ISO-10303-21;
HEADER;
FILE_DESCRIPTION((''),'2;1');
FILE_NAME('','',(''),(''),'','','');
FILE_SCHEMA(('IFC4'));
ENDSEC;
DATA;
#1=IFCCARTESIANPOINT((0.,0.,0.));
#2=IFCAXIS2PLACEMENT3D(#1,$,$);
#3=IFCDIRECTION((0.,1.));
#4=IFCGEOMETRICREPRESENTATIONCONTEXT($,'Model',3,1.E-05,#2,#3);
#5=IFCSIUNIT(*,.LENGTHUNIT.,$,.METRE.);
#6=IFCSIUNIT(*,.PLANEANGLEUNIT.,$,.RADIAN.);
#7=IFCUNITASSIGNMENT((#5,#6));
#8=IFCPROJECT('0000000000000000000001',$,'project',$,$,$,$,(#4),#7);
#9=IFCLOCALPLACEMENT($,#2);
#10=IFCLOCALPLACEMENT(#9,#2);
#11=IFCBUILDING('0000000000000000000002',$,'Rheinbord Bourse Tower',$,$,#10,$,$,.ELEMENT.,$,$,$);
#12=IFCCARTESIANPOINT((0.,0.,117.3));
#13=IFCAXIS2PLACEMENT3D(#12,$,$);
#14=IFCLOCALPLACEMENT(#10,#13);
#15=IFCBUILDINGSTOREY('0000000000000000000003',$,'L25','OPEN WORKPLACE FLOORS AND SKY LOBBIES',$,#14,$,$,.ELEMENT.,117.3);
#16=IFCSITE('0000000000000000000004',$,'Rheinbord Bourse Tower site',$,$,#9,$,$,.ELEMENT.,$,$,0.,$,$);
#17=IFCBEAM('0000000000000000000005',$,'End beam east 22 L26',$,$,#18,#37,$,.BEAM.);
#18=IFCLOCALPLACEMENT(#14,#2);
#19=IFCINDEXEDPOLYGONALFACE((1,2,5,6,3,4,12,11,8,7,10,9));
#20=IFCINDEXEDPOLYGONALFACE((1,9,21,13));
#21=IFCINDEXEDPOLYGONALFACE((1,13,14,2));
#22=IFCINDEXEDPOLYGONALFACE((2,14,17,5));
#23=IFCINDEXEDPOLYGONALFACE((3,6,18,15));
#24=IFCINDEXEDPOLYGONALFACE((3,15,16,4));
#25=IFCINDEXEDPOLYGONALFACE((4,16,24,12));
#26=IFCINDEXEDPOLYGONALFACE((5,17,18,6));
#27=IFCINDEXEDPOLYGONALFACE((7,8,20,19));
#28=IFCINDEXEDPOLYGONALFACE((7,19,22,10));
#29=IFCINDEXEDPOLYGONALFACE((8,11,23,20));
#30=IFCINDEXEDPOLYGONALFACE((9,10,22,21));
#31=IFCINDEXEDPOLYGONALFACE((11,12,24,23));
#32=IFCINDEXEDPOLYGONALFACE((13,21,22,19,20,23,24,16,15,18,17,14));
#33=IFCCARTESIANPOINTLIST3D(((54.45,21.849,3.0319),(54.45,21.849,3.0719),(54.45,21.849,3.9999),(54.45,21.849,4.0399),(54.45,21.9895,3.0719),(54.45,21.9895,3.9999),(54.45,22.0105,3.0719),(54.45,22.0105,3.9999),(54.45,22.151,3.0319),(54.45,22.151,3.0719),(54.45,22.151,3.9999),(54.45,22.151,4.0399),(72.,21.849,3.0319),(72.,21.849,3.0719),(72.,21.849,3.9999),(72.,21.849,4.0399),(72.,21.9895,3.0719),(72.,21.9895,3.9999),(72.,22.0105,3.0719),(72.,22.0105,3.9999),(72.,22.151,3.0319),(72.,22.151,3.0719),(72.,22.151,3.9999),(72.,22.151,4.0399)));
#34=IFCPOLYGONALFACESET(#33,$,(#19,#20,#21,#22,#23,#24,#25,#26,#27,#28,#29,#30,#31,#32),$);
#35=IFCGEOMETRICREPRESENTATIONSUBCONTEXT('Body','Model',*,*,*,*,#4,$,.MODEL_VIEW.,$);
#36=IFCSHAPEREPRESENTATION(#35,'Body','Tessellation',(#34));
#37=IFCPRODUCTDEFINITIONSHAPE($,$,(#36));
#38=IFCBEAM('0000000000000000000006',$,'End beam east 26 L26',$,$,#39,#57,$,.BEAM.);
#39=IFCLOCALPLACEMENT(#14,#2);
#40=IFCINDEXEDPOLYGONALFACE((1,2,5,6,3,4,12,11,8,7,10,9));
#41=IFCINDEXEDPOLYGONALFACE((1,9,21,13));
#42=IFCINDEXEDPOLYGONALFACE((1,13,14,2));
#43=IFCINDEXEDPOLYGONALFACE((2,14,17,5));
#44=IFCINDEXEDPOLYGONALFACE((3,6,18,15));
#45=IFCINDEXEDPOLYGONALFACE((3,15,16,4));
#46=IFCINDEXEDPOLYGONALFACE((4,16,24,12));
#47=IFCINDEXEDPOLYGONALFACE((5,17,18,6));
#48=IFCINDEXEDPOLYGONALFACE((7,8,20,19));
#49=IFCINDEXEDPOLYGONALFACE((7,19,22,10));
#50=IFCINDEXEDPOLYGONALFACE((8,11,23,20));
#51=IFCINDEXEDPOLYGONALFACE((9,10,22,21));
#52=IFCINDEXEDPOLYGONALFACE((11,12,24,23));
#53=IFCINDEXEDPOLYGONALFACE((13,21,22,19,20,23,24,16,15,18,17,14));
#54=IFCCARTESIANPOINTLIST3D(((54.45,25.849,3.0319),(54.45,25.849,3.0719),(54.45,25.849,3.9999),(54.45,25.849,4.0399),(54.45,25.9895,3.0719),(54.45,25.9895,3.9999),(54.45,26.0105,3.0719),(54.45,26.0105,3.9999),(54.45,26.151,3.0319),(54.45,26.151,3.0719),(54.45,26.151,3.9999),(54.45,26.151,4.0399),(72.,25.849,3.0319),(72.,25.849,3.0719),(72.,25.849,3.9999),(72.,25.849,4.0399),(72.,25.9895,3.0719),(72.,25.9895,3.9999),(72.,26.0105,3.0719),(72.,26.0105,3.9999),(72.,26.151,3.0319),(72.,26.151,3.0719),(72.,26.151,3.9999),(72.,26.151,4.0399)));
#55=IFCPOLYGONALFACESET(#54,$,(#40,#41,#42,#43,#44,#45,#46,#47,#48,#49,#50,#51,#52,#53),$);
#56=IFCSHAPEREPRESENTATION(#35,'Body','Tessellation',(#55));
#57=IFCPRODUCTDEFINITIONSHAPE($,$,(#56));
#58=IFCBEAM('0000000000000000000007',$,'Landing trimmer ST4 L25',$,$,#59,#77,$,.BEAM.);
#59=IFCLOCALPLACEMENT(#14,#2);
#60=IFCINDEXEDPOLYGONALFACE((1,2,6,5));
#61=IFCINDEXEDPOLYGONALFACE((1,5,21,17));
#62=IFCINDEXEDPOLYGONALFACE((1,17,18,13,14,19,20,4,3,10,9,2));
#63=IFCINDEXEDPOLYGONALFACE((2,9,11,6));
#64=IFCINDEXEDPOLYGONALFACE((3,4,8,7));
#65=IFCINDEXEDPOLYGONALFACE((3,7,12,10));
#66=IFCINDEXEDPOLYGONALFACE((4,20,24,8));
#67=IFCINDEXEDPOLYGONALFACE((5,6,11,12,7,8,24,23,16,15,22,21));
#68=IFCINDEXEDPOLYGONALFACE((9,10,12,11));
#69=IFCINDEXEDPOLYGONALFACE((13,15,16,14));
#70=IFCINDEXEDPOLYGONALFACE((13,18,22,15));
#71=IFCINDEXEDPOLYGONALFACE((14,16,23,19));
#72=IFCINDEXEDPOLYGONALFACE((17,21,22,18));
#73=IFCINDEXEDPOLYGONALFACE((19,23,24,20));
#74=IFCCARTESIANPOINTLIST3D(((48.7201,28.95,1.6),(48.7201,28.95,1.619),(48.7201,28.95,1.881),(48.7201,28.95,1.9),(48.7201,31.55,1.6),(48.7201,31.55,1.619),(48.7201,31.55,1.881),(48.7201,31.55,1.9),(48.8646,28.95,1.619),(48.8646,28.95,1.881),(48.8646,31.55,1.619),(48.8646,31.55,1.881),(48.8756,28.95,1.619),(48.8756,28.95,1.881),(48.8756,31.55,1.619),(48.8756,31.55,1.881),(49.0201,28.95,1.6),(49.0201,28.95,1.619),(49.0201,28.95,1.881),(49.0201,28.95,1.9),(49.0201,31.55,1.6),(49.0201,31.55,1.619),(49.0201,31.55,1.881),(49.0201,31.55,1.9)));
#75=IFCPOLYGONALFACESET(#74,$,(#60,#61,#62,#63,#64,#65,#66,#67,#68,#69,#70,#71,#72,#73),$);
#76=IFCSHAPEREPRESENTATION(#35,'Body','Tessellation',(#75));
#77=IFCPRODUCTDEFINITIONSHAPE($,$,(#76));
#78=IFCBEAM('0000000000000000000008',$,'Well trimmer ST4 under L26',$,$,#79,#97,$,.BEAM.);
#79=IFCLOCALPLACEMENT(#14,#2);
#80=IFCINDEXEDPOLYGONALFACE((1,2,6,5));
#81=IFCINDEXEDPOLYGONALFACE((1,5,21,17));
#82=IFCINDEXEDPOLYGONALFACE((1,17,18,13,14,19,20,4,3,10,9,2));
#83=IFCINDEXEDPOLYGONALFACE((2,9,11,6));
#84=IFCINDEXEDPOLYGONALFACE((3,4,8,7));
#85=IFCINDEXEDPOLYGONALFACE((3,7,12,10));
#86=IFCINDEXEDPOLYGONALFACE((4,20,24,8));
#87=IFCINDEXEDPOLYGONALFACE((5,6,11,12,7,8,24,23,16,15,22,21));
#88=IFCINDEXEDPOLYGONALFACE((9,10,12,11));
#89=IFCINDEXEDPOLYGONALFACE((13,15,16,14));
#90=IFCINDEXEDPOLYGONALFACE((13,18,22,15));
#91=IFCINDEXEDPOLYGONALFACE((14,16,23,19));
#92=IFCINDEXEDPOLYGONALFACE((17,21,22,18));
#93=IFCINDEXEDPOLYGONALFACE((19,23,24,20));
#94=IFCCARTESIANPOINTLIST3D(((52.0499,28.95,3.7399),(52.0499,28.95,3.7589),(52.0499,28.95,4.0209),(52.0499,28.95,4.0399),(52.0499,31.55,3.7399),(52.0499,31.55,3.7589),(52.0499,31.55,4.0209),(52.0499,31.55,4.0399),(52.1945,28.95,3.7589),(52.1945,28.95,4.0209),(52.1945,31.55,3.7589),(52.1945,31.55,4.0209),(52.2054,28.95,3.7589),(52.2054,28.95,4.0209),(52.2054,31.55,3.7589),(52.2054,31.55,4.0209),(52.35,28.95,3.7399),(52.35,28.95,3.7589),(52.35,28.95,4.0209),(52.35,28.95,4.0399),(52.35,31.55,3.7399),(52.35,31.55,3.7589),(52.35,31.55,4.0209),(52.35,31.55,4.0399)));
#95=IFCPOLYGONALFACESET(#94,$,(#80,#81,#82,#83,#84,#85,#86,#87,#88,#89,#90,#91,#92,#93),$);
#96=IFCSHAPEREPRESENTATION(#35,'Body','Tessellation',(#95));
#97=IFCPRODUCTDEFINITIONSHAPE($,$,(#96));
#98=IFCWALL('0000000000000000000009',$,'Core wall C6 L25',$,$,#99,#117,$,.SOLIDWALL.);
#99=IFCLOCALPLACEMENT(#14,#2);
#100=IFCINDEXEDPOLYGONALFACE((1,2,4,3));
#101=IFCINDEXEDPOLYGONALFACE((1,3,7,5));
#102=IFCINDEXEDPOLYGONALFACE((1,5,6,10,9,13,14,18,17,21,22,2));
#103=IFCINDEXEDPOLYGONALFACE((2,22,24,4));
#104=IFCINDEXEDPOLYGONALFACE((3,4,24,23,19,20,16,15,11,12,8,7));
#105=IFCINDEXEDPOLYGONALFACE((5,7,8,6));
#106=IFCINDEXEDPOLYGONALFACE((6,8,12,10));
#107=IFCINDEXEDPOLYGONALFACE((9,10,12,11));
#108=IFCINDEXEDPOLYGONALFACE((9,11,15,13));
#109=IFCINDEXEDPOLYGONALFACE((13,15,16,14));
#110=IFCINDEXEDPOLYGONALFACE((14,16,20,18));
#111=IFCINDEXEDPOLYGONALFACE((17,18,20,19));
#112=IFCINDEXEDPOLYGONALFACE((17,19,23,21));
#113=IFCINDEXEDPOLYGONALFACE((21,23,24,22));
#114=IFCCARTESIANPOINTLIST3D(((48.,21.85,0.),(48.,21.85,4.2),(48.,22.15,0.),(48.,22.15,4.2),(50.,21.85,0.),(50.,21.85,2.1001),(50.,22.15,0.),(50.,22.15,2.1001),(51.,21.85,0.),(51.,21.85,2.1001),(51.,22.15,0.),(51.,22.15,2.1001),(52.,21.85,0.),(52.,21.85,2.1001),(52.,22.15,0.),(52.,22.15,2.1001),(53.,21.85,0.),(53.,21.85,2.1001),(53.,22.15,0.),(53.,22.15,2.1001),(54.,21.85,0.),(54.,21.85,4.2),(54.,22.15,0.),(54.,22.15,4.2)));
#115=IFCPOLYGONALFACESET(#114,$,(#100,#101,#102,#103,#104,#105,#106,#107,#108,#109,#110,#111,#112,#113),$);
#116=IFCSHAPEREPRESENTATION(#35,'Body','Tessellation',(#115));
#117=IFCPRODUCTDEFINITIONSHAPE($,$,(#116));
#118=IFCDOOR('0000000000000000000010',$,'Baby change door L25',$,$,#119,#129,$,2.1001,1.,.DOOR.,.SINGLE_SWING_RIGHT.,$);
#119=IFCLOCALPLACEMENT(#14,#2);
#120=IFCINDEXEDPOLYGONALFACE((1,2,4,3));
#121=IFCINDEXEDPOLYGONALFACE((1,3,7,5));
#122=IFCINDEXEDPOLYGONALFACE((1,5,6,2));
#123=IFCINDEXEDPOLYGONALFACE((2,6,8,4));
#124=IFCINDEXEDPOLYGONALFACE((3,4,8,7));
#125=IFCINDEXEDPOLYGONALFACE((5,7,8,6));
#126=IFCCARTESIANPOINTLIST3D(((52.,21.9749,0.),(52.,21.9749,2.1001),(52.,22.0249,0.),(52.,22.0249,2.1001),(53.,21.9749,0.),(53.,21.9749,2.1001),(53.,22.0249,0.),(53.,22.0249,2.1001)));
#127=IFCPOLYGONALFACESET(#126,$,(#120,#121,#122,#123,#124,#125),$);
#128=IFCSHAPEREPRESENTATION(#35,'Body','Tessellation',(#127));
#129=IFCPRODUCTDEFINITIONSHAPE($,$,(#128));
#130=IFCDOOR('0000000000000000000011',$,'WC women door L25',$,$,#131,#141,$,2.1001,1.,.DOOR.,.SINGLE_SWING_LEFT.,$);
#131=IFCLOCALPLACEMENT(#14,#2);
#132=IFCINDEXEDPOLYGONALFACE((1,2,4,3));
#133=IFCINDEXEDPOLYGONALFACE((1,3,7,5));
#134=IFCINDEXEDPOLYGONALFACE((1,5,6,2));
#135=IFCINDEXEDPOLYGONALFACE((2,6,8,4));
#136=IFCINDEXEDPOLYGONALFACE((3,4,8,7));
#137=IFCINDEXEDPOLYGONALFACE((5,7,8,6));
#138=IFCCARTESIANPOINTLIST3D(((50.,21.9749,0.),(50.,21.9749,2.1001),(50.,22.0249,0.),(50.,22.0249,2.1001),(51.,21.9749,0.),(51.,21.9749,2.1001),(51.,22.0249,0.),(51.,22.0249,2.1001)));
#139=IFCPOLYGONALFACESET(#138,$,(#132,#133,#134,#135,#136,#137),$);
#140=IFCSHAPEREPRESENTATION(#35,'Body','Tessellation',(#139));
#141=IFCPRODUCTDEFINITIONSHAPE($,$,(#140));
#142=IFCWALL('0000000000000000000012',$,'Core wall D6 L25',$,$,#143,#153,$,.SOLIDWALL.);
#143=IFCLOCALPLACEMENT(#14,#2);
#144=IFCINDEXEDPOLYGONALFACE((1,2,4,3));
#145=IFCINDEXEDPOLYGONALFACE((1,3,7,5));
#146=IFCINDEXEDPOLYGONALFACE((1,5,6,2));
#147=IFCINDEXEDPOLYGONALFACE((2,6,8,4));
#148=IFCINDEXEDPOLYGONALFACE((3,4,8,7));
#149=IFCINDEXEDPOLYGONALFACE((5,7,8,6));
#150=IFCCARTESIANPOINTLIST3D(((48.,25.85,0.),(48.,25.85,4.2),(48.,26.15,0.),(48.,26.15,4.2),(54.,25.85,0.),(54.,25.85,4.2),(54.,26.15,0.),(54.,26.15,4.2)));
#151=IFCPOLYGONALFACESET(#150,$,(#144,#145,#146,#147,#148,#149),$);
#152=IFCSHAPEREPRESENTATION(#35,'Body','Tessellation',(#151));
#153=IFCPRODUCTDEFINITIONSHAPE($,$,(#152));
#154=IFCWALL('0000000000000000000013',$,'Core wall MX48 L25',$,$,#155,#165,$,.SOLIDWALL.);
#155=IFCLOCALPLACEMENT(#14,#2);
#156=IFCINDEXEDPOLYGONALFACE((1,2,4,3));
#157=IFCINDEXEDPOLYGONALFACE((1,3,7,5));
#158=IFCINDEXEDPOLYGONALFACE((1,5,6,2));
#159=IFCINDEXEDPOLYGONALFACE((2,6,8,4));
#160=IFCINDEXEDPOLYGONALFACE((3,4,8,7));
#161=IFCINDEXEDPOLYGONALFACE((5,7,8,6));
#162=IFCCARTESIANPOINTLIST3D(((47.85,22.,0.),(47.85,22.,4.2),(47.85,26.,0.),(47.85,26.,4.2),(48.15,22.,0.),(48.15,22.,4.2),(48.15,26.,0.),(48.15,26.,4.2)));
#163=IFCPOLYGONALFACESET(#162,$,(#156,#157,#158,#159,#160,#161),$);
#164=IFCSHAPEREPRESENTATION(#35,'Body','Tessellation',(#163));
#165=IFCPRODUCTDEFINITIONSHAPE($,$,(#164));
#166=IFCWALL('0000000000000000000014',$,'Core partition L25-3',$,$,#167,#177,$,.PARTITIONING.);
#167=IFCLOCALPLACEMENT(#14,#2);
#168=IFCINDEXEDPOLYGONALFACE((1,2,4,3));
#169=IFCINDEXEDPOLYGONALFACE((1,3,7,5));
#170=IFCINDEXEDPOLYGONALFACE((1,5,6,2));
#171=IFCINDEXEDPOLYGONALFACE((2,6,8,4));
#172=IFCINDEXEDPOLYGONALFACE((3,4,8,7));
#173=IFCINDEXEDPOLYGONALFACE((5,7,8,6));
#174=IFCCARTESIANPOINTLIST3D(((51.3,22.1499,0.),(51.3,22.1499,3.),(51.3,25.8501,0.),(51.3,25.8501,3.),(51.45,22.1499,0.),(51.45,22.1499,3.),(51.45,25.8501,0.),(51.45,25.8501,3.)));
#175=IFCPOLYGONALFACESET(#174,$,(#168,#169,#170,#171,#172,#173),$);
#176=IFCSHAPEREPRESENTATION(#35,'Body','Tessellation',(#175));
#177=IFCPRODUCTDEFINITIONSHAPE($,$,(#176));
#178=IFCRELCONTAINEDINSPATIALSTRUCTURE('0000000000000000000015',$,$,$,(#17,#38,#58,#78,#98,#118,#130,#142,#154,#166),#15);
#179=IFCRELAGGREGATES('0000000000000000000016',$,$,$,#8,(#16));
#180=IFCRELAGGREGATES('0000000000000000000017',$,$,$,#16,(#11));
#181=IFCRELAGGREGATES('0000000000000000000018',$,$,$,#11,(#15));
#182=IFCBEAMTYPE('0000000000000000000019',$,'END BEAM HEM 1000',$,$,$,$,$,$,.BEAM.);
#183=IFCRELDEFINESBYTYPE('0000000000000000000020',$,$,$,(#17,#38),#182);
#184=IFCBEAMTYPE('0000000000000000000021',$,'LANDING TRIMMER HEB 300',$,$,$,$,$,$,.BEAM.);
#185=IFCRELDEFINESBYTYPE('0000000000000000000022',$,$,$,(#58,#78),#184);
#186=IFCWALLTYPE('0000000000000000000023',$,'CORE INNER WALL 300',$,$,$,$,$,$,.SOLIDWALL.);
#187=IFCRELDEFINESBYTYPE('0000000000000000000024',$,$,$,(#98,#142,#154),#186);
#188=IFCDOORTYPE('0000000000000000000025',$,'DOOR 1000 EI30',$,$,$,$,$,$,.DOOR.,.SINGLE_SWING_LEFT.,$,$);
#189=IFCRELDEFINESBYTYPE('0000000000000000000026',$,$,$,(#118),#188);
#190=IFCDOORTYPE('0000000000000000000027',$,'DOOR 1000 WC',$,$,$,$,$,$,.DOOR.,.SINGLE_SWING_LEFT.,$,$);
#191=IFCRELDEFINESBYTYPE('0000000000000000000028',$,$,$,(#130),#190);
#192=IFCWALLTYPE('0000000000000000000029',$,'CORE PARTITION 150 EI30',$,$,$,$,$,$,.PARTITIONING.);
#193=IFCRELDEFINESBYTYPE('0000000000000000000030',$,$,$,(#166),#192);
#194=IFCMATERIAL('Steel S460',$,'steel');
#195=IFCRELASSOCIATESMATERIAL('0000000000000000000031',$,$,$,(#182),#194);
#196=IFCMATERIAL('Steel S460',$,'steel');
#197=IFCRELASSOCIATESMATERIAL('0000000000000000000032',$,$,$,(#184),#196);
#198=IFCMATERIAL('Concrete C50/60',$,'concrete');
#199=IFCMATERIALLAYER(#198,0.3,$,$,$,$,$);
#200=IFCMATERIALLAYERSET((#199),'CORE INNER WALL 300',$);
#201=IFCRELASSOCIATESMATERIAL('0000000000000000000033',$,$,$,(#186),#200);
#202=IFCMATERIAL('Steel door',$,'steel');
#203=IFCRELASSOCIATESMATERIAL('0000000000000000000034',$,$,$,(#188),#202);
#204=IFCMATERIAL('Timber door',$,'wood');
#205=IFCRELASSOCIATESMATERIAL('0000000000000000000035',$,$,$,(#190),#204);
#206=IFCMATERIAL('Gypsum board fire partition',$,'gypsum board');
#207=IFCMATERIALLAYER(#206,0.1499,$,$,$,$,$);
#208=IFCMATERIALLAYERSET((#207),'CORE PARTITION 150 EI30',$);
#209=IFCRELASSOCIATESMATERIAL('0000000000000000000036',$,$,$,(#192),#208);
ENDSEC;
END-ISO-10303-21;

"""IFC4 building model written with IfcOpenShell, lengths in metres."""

from ifc_helpers import new_model, si_unit, direction, frame, frame_2d, origin, origin_2d, place, context, subcontext, project, spatial, rectangle, i_section, extrude, material, layer, layer_set, material_profile, profile_set, type_object, element, fill, save


model = new_model("IFC4")

# Units and contexts
model_context = context("Model", 3, precision=1e-05, world=origin(), true_north=direction((0.0, 1.0)))
body_context = subcontext(model_context, "Body", "Model", "MODEL_VIEW")
ifc_project = project(units=[si_unit("LENGTHUNIT", "METRE"), si_unit("PLANEANGLEUNIT", "RADIAN")], contexts=[model_context])

# Site, building, storey
site_placement = place(None, origin())
site = spatial("IfcSite", under=ifc_project, at=site_placement, Name="Rheinbord Bourse Tower site", CompositionType="ELEMENT", RefElevation=0.0)
building_placement = place(site_placement, origin())
building = spatial("IfcBuilding", under=site, at=building_placement, Name="Rheinbord Bourse Tower", CompositionType="ELEMENT")
storey_placement = place(building_placement, frame((0.0, 0.0, 117.3)))
storey = spatial("IfcBuildingStorey", under=building, at=storey_placement, Name="L25", Description="OPEN WORKPLACE FLOORS AND SKY LOBBIES", CompositionType="ELEMENT", Elevation=117.3)

# Beams
ifc_material_1 = material(Name="Steel S460", Category="steel")
ifc_material_profile_1 = material_profile(ifc_material_1, i_section(OverallWidth=0.302, OverallDepth=1.0081, WebThickness=0.021, FlangeThickness=0.04, at=origin_2d()), Name="HEM 1000")
ifc_profile_set_1 = profile_set([ifc_material_profile_1], Name="Steel S460")
beam_type_1 = type_object("IfcBeamType", Name="END BEAM HEM 1000", PredefinedType="BEAM", material=ifc_profile_set_1)
for number, where, z_axis, x_axis, name in (
    (1, (54.45, 22.0, 3.5359), (1.0, 0.0, 0.0), (0.0, 1.0, 0.0), "End beam east 22 L26"),
    (2, (54.45, 26.0, 3.5359), (1.0, 0.0, 0.0), (0.0, 1.0, 0.0), "End beam east 26 L26"),
):
    element("IfcBeam", number, at=place(storey_placement, frame(where, z_axis=z_axis, x_axis=x_axis)), inside=storey, type_object=beam_type_1, Name=name, PredefinedType="BEAM", context=body_context, shape_type="SweptSolid", body=[
        extrude(i_section(OverallWidth=0.302, OverallDepth=1.0081, WebThickness=0.021, FlangeThickness=0.04, at=origin_2d()), origin(), (0.0, 0.0, 1.0), 17.55),
    ])
ifc_material_2 = material(Name="Steel S460", Category="steel")
ifc_material_profile_2 = material_profile(ifc_material_2, i_section(OverallWidth=0.3, OverallDepth=0.3, WebThickness=0.011, FlangeThickness=0.019, at=origin_2d()), Name="HEB 300")
ifc_profile_set_2 = profile_set([ifc_material_profile_2], Name="Steel S460")
beam_type_2 = type_object("IfcBeamType", Name="LANDING TRIMMER HEB 300", PredefinedType="BEAM", material=ifc_profile_set_2)
for number, where, z_axis, x_axis, name in (
    (3, (48.8701, 28.95, 1.75), (0.0, 1.0, 0.0), (-1.0, 0.0, 0.0), "Landing trimmer ST4 L25"),
    (4, (52.2, 28.95, 3.8899), (0.0, 1.0, 0.0), (-1.0, 0.0, 0.0), "Well trimmer ST4 under L26"),
):
    element("IfcBeam", number, at=place(storey_placement, frame(where, z_axis=z_axis, x_axis=x_axis)), inside=storey, type_object=beam_type_2, Name=name, PredefinedType="BEAM", context=body_context, shape_type="SweptSolid", body=[
        extrude(i_section(OverallWidth=0.3, OverallDepth=0.3, WebThickness=0.011, FlangeThickness=0.019, at=origin_2d()), origin(), (0.0, 0.0, 1.0), 2.6001),
    ])

# Wall, openings, doors
ifc_material_3 = material(Name="Concrete C50/60", Category="concrete")
ifc_layer_1 = layer(ifc_material_3, 0.3)
ifc_layer_set_1 = layer_set([ifc_layer_1], Name="CORE INNER WALL 300")
wall_type_1 = type_object("IfcWallType", Name="CORE INNER WALL 300", PredefinedType="SOLIDWALL", material=ifc_layer_set_1)
wall_1_placement = place(storey_placement, frame((48.0, 22.0, 0.0), z_axis=(0.0, 0.0, 1.0), x_axis=(1.0, 0.0, 0.0)))
wall_1 = element("IfcWall", 5, at=wall_1_placement, inside=storey, type_object=wall_type_1, Name="Core wall C6 L25", PredefinedType="SOLIDWALL", context=body_context, shape_type="SweptSolid", body=[
    extrude(rectangle(XDim=6.0, YDim=0.3, at=frame_2d((3.0, 0.0))), origin(), (0.0, 0.0, 1.0), 4.2),
])
opening_1_placement = place(wall_1_placement, frame((2.0, 0.0, 0.0)))
opening_1 = element("IfcOpeningElement", 6, at=opening_1_placement, cuts=wall_1, PredefinedType="OPENING", context=body_context, shape_type="SweptSolid", body=[
    extrude(rectangle(XDim=1.0, YDim=2.1001, at=frame_2d((0.5, 1.05))), frame((0.0, 0.1599, 0.0), z_axis=(0.0, -1.0, 0.0), x_axis=(1.0, 0.0, 0.0)), (0.0, 0.0, 1.0), 0.3201),
])
opening_2_placement = place(wall_1_placement, frame((4.0, 0.0, 0.0)))
opening_2 = element("IfcOpeningElement", 7, at=opening_2_placement, cuts=wall_1, PredefinedType="OPENING", context=body_context, shape_type="SweptSolid", body=[
    extrude(rectangle(XDim=1.0, YDim=2.1001, at=frame_2d((0.5, 1.05))), frame((0.0, 0.1599, 0.0), z_axis=(0.0, -1.0, 0.0), x_axis=(1.0, 0.0, 0.0)), (0.0, 0.0, 1.0), 0.3201),
])
ifc_material_4 = material(Name="Steel door", Category="steel")
door_type_1 = type_object("IfcDoorType", Name="DOOR 1000 EI30", OperationType="SINGLE_SWING_LEFT", PredefinedType="DOOR", material=ifc_material_4)
door_1_placement = place(opening_2_placement, origin())
door_1 = element("IfcDoor", 8, at=door_1_placement, inside=storey, type_object=door_type_1, Name="Baby change door L25", OperationType="SINGLE_SWING_RIGHT", OverallHeight=2.1001, OverallWidth=1.0, PredefinedType="DOOR", context=body_context, shape_type="SweptSolid", body=[
    extrude(rectangle(XDim=1.0, YDim=2.1001, at=frame_2d((0.5, 1.05))), frame((0.0, 0.0249, 0.0), z_axis=(0.0, -1.0, 0.0), x_axis=(1.0, 0.0, 0.0)), (0.0, 0.0, 1.0), 0.05),
])
fill(opening_2, door_1)
ifc_material_5 = material(Name="Timber door", Category="wood")
door_type_2 = type_object("IfcDoorType", Name="DOOR 1000 WC", OperationType="SINGLE_SWING_LEFT", PredefinedType="DOOR", material=ifc_material_5)
door_2_placement = place(opening_1_placement, origin())
door_2 = element("IfcDoor", 9, at=door_2_placement, inside=storey, type_object=door_type_2, Name="WC women door L25", OperationType="SINGLE_SWING_LEFT", OverallHeight=2.1001, OverallWidth=1.0, PredefinedType="DOOR", context=body_context, shape_type="SweptSolid", body=[
    extrude(rectangle(XDim=1.0, YDim=2.1001, at=frame_2d((0.5, 1.05))), frame((0.0, 0.0249, 0.0), z_axis=(0.0, -1.0, 0.0), x_axis=(1.0, 0.0, 0.0)), (0.0, 0.0, 1.0), 0.05),
])
fill(opening_1, door_2)

# Walls
wall_2_placement = place(storey_placement, frame((48.0, 26.0, 0.0), z_axis=(0.0, 0.0, 1.0), x_axis=(1.0, 0.0, 0.0)))
element("IfcWall", 10, at=wall_2_placement, inside=storey, type_object=wall_type_1, Name="Core wall D6 L25", PredefinedType="SOLIDWALL", context=body_context, shape_type="SweptSolid", body=[
    extrude(rectangle(XDim=6.0, YDim=0.3, at=frame_2d((3.0, 0.0))), origin(), (0.0, 0.0, 1.0), 4.2),
])
wall_3_placement = place(storey_placement, frame((48.0, 22.0, 0.0), z_axis=(0.0, 0.0, 1.0), x_axis=(0.0, 1.0, 0.0)))
element("IfcWall", 11, at=wall_3_placement, inside=storey, type_object=wall_type_1, Name="Core wall MX48 L25", PredefinedType="SOLIDWALL", context=body_context, shape_type="SweptSolid", body=[
    extrude(rectangle(XDim=4.0, YDim=0.3, at=frame_2d((2.0, 0.0))), origin(), (0.0, 0.0, 1.0), 4.2),
])
ifc_material_6 = material(Name="Gypsum board fire partition", Category="gypsum board")
ifc_layer_2 = layer(ifc_material_6, 0.1499)
ifc_layer_set_2 = layer_set([ifc_layer_2], Name="CORE PARTITION 150 EI30")
wall_type_2 = type_object("IfcWallType", Name="CORE PARTITION 150 EI30", PredefinedType="PARTITIONING", material=ifc_layer_set_2)
wall_4_placement = place(storey_placement, frame((51.375, 22.1499, 0.0), z_axis=(0.0, 0.0, 1.0), x_axis=(0.0, 1.0, 0.0)))
element("IfcWall", 12, at=wall_4_placement, inside=storey, type_object=wall_type_2, Name="Core partition L25-3", PredefinedType="PARTITIONING", context=body_context, shape_type="SweptSolid", body=[
    extrude(rectangle(XDim=3.7002, YDim=0.1499, at=frame_2d((1.8501, 0.0))), origin(), (0.0, 0.0, 1.0), 3.0),
])

save(model, "model.ifc")
